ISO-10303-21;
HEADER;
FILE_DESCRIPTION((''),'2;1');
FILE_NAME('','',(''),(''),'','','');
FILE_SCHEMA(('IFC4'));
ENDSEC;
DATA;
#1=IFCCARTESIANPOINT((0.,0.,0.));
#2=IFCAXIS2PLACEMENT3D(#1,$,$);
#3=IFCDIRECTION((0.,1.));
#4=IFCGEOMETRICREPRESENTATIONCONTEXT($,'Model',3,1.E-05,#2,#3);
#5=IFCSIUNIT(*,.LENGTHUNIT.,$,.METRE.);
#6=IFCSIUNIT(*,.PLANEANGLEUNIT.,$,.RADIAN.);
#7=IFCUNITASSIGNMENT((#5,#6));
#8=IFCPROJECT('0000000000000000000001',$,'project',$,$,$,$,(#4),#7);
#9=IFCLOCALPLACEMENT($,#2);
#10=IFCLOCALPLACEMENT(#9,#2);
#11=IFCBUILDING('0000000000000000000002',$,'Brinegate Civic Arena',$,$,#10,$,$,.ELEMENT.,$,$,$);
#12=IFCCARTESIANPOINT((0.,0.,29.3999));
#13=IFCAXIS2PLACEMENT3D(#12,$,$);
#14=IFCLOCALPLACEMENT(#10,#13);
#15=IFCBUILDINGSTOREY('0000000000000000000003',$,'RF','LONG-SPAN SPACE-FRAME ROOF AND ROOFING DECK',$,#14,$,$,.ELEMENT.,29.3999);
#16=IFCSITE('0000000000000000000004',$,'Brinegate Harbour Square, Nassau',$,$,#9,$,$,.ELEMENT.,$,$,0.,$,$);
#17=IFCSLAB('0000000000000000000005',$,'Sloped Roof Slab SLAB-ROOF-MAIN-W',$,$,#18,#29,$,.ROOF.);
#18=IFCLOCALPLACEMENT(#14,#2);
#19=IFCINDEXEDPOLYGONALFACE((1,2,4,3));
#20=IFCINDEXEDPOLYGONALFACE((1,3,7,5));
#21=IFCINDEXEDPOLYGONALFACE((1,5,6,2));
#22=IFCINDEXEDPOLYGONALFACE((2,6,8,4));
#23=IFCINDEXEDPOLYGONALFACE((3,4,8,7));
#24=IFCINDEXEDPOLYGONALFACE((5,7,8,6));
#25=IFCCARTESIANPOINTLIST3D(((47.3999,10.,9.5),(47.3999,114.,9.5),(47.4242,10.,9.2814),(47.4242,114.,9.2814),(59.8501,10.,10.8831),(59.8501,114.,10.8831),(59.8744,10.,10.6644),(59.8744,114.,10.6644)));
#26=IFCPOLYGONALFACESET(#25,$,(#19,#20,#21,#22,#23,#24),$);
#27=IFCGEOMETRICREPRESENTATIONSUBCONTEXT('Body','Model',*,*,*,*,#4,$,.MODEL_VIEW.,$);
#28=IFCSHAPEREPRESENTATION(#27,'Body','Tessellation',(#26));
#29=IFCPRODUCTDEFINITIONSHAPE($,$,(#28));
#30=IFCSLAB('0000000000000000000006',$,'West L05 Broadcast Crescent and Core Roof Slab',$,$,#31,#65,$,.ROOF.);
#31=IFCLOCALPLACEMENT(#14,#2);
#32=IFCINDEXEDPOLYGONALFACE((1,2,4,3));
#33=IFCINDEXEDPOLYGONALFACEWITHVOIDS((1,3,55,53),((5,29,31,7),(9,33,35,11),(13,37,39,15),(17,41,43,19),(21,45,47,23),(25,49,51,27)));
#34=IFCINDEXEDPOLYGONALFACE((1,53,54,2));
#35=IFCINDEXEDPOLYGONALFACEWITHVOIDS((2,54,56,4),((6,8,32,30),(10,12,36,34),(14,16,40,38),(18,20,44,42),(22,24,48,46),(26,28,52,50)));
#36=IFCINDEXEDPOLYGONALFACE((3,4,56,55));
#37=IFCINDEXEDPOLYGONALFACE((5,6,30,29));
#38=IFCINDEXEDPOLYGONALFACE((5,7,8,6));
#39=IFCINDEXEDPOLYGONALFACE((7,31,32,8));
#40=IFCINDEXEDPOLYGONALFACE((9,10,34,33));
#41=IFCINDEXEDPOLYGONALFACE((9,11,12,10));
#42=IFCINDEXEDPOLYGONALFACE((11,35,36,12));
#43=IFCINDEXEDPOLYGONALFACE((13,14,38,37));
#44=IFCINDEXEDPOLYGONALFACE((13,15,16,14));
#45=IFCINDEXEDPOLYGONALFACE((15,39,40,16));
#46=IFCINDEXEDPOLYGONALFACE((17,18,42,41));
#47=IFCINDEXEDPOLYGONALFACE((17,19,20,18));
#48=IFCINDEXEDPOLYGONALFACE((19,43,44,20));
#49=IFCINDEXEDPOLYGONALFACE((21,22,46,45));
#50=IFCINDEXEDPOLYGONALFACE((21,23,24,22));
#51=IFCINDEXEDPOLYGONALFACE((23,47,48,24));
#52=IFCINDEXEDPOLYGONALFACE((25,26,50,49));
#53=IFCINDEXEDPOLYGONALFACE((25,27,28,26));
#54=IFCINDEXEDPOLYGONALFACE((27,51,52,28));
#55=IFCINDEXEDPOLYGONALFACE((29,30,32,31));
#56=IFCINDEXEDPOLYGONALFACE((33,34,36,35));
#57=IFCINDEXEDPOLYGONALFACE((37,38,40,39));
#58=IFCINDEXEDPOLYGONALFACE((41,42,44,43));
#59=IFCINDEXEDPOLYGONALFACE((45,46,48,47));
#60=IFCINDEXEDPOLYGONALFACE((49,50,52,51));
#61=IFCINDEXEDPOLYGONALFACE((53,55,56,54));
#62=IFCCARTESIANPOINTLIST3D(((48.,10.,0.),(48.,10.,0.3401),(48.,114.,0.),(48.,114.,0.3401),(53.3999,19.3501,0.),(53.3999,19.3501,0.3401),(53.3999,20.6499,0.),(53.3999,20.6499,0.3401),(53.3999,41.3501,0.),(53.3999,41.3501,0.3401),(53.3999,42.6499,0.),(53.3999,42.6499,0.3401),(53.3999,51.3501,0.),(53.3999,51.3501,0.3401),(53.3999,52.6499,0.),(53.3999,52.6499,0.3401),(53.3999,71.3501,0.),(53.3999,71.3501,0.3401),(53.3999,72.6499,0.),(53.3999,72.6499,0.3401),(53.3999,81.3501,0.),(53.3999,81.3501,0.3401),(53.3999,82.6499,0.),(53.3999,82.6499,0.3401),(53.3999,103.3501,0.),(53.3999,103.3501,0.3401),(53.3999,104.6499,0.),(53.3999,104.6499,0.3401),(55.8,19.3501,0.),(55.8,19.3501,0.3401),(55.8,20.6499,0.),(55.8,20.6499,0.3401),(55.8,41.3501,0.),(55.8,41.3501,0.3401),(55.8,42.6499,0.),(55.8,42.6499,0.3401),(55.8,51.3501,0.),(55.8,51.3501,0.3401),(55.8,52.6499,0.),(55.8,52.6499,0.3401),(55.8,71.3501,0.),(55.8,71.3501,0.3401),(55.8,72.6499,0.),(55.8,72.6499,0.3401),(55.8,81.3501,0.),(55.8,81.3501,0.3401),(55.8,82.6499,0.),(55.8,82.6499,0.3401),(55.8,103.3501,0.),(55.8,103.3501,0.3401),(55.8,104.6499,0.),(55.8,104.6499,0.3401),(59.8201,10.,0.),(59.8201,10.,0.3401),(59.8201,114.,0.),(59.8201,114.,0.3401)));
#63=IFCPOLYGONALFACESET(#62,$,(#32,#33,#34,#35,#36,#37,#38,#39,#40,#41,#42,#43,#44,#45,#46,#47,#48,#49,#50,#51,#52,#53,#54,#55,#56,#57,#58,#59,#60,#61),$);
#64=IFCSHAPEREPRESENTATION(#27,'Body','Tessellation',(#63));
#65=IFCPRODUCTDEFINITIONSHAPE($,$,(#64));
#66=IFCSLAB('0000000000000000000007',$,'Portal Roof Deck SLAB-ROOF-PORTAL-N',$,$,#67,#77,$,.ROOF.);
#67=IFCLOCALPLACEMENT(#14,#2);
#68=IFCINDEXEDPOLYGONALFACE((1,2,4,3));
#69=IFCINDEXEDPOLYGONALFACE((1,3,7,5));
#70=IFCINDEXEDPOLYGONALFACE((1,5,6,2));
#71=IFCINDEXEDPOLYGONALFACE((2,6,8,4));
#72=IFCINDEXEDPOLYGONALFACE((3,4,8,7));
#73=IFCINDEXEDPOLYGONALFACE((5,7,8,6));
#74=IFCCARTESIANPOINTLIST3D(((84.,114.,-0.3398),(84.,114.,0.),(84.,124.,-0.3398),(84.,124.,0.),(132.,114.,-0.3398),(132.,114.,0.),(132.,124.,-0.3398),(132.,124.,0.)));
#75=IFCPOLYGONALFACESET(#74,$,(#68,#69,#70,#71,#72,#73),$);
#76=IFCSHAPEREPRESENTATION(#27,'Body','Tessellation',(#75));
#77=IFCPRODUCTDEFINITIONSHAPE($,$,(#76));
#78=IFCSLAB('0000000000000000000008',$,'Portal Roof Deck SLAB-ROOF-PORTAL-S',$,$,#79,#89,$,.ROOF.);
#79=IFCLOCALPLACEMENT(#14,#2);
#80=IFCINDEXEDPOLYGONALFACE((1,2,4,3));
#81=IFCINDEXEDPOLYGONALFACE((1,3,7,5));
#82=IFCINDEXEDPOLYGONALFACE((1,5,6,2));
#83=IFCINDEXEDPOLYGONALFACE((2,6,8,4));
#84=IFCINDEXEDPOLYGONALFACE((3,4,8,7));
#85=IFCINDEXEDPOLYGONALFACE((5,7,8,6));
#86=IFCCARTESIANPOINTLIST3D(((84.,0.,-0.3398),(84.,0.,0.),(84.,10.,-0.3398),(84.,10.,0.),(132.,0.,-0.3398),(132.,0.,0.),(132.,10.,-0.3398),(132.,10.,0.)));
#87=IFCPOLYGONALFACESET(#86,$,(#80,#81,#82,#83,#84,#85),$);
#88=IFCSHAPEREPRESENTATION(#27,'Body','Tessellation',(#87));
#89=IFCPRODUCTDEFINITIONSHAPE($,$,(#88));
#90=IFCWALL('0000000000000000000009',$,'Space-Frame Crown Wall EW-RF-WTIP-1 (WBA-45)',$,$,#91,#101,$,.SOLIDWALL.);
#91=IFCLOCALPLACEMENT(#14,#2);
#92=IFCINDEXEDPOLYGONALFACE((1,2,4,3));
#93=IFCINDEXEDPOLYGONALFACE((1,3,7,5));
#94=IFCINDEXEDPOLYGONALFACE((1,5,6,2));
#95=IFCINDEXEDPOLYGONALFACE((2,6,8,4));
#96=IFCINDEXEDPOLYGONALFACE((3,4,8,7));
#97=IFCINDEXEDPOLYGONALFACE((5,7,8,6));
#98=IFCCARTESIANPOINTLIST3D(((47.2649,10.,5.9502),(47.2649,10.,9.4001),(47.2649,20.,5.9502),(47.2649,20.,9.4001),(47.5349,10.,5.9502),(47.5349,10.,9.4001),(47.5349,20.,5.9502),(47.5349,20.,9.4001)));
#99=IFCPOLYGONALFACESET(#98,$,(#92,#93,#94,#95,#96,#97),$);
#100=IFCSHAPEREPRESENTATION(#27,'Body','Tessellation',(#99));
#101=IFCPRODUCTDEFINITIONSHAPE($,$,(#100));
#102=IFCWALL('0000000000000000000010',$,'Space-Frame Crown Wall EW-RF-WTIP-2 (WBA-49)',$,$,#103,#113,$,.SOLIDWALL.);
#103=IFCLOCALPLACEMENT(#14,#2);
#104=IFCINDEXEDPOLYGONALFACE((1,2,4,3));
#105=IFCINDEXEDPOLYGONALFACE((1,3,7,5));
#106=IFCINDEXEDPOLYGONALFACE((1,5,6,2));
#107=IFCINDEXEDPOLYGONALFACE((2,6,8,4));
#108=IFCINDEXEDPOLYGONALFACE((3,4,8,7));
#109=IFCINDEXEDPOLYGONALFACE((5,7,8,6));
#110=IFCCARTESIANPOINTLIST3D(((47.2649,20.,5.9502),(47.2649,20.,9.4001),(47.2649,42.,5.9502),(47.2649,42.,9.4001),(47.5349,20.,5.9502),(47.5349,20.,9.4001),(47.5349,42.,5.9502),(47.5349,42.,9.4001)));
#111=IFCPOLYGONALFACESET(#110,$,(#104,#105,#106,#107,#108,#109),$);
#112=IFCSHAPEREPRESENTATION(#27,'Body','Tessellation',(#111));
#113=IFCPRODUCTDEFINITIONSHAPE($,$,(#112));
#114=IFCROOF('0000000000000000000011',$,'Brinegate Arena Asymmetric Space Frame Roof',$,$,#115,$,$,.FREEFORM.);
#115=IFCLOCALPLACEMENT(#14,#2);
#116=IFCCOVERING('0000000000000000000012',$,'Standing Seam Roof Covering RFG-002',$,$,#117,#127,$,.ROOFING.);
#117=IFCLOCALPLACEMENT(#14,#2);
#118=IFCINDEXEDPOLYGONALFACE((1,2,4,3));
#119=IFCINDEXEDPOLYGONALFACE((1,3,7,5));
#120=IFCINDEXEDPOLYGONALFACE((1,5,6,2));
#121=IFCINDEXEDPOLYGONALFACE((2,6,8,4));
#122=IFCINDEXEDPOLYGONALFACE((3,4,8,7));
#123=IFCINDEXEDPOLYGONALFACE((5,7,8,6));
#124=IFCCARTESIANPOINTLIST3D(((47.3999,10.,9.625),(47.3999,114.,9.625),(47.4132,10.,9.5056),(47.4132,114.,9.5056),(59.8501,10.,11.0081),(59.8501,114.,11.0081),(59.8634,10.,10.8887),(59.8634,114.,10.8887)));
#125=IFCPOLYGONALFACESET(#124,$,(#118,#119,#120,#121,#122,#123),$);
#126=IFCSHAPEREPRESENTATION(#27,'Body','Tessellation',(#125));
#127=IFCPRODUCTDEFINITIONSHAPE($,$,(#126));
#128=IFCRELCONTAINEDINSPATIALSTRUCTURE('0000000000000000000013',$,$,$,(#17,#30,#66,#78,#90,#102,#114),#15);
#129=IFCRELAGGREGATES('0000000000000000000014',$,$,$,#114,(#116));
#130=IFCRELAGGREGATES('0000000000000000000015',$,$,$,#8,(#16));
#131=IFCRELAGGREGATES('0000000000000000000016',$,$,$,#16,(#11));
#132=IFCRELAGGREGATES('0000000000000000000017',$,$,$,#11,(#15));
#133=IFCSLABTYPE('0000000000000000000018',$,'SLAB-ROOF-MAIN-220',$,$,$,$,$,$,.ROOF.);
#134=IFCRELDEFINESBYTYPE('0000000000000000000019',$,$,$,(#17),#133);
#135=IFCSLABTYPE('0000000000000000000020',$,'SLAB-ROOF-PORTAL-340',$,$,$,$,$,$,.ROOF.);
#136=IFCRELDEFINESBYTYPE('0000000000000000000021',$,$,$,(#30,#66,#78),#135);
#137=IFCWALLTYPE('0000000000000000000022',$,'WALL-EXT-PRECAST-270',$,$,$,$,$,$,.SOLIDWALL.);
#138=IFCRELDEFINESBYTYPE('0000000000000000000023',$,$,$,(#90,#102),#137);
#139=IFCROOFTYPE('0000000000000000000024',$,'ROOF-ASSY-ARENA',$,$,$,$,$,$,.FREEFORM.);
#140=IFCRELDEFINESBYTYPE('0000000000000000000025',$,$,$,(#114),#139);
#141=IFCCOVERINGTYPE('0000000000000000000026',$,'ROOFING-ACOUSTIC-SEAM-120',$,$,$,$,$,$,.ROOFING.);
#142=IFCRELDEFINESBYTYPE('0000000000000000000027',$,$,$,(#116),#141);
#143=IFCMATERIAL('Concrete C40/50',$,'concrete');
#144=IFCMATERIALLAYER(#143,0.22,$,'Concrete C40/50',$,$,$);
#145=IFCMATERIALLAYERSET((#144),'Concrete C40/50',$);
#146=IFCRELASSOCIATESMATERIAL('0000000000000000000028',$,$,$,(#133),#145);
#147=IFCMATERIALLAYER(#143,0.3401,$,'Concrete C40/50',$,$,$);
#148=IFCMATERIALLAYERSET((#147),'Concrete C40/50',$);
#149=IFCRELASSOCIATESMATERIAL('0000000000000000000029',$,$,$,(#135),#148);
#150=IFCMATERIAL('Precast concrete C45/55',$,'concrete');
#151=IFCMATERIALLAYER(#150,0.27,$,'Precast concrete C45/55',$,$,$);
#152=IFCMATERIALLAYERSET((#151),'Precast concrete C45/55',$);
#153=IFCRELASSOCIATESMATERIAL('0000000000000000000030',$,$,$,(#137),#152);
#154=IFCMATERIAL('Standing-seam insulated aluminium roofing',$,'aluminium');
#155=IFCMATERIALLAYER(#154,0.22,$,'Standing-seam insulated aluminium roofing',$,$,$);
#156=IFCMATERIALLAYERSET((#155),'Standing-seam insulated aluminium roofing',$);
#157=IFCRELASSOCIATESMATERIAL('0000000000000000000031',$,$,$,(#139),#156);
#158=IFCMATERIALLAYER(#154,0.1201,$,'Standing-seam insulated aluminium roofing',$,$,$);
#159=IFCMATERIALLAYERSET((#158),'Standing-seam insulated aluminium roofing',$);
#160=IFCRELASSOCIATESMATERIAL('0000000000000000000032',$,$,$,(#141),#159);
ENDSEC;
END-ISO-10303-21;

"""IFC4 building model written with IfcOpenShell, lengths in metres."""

from ifc_helpers import new_model, si_unit, direction, frame, frame_2d, origin, place, context, subcontext, project, spatial, polyline, rectangle, outline, extrude, material, layer, layer_set, type_object, element, aggregate, save


model = new_model("IFC4")

# Units and contexts
model_context = context("Model", 3, precision=1e-05, world=origin(), true_north=direction((0.0, 1.0)))
body_context = subcontext(model_context, "Body", "Model", "MODEL_VIEW")
ifc_project = project(units=[si_unit("LENGTHUNIT", "METRE"), si_unit("PLANEANGLEUNIT", "RADIAN")], contexts=[model_context])

# Site, building, storey
site_placement = place(None, origin())
site = spatial("IfcSite", under=ifc_project, at=site_placement, Name="Brinegate Harbour Square, Nassau", CompositionType="ELEMENT", RefElevation=0.0)
building_placement = place(site_placement, origin())
building = spatial("IfcBuilding", under=site, at=building_placement, Name="Brinegate Civic Arena", CompositionType="ELEMENT")
storey_placement = place(building_placement, frame((0.0, 0.0, 29.3999)))
storey = spatial("IfcBuildingStorey", under=building, at=storey_placement, Name="RF", Description="LONG-SPAN SPACE-FRAME ROOF AND ROOFING DECK", CompositionType="ELEMENT", Elevation=29.3999)

# Slabs
ifc_material_1 = material(Name="Concrete C40/50", Category="concrete")
ifc_layer_1 = layer(ifc_material_1, 0.22, Name="Concrete C40/50")
ifc_layer_set_1 = layer_set([ifc_layer_1], Name="Concrete C40/50")
slab_type_1 = type_object("IfcSlabType", Name="SLAB-ROOF-MAIN-220", PredefinedType="ROOF", material=ifc_layer_set_1)
slab_1_placement = place(storey_placement, frame((47.3999, 10.0, 9.5), z_axis=(-0.110408, 0.0, 0.993886), x_axis=(0.993886, 0.0, 0.110408)))
element("IfcSlab", 1, at=slab_1_placement, inside=storey, type_object=slab_type_1, Name="Sloped Roof Slab SLAB-ROOF-MAIN-W", PredefinedType="ROOF", context=body_context, shape_type="SweptSolid", body=[
    extrude(outline(polyline([(0.0, 0.0), (12.5268, 0.0), (12.5268, 104.0), (0.0, 104.0), (0.0, 0.0)])), origin(), (0.0, 0.0, -1.0), 0.22),
])
ifc_layer_2 = layer(ifc_material_1, 0.3401, Name="Concrete C40/50")
ifc_layer_set_2 = layer_set([ifc_layer_2], Name="Concrete C40/50")
slab_type_2 = type_object("IfcSlabType", Name="SLAB-ROOF-PORTAL-340", PredefinedType="ROOF", material=ifc_layer_set_2)
slab_2_placement = place(storey_placement, origin())
element("IfcSlab", 2, at=slab_2_placement, inside=storey, type_object=slab_type_2, Name="West L05 Broadcast Crescent and Core Roof Slab", PredefinedType="ROOF", context=body_context, shape_type="SweptSolid", body=[
    extrude(outline(polyline([(48.0, 10.0), (59.8201, 10.0), (59.8201, 114.0), (48.0, 114.0), (48.0, 10.0)]), holes=[polyline([(53.3999, 19.3501), (55.8, 19.3501), (55.8, 20.6499), (53.3999, 20.6499), (53.3999, 19.3501)]), polyline([(53.3999, 41.3501), (55.8, 41.3501), (55.8, 42.6499), (53.3999, 42.6499), (53.3999, 41.3501)]), polyline([(53.3999, 51.3501), (55.8, 51.3501), (55.8, 52.6499), (53.3999, 52.6499), (53.3999, 51.3501)]), polyline([(53.3999, 71.3501), (55.8, 71.3501), (55.8, 72.6499), (53.3999, 72.6499), (53.3999, 71.3501)]), polyline([(53.3999, 81.3501), (55.8, 81.3501), (55.8, 82.6499), (53.3999, 82.6499), (53.3999, 81.3501)]), polyline([(53.3999, 103.3501), (55.8, 103.3501), (55.8, 104.6499), (53.3999, 104.6499), (53.3999, 103.3501)])]), origin(), (0.0, 0.0, 1.0), 0.3401),
])
slab_3_placement = place(storey_placement, frame((0.0, 0.0, -0.3398)))
element("IfcSlab", 3, at=slab_3_placement, inside=storey, type_object=slab_type_2, Name="Portal Roof Deck SLAB-ROOF-PORTAL-N", PredefinedType="ROOF", context=body_context, shape_type="SweptSolid", body=[
    extrude(outline(polyline([(84.0, 114.0), (132.0, 114.0), (132.0, 124.0), (84.0, 124.0), (84.0, 114.0)])), origin(), (0.0, 0.0, 1.0), 0.3398),
])
slab_4_placement = place(storey_placement, frame((0.0, 0.0, -0.3398)))
element("IfcSlab", 4, at=slab_4_placement, inside=storey, type_object=slab_type_2, Name="Portal Roof Deck SLAB-ROOF-PORTAL-S", PredefinedType="ROOF", context=body_context, shape_type="SweptSolid", body=[
    extrude(outline(polyline([(84.0, 0.0), (132.0, 0.0), (132.0, 10.0), (84.0, 10.0), (84.0, 0.0)])), origin(), (0.0, 0.0, 1.0), 0.3398),
])

# Walls
ifc_material_2 = material(Name="Precast concrete C45/55", Category="concrete")
ifc_layer_3 = layer(ifc_material_2, 0.27, Name="Precast concrete C45/55")
ifc_layer_set_3 = layer_set([ifc_layer_3], Name="Precast concrete C45/55")
wall_type = type_object("IfcWallType", Name="WALL-EXT-PRECAST-270", PredefinedType="SOLIDWALL", material=ifc_layer_set_3)
wall_1_placement = place(storey_placement, frame((47.3999, 10.0, 5.9502), z_axis=(0.0, 0.0, 1.0), x_axis=(0.0, 1.0, 0.0)))
element("IfcWall", 5, at=wall_1_placement, inside=storey, type_object=wall_type, Name="Space-Frame Crown Wall EW-RF-WTIP-1 (WBA-45)", PredefinedType="SOLIDWALL", context=body_context, shape_type="SweptSolid", body=[
    extrude(rectangle(XDim=10.0, YDim=0.27, at=frame_2d((5.0, 0.0))), origin(), (0.0, 0.0, 1.0), 3.45),
])
wall_2_placement = place(storey_placement, frame((47.3999, 20.0, 5.9502), z_axis=(0.0, 0.0, 1.0), x_axis=(0.0, 1.0, 0.0)))
element("IfcWall", 6, at=wall_2_placement, inside=storey, type_object=wall_type, Name="Space-Frame Crown Wall EW-RF-WTIP-2 (WBA-49)", PredefinedType="SOLIDWALL", context=body_context, shape_type="SweptSolid", body=[
    extrude(rectangle(XDim=22.0, YDim=0.27, at=frame_2d((11.0, 0.0))), origin(), (0.0, 0.0, 1.0), 3.45),
])

# Roof, covering
ifc_material_3 = material(Name="Standing-seam insulated aluminium roofing", Category="aluminium")
ifc_layer_4 = layer(ifc_material_3, 0.22, Name="Standing-seam insulated aluminium roofing")
ifc_layer_set_4 = layer_set([ifc_layer_4], Name="Standing-seam insulated aluminium roofing")
roof_type = type_object("IfcRoofType", Name="ROOF-ASSY-ARENA", PredefinedType="FREEFORM", material=ifc_layer_set_4)
roof_placement = place(storey_placement, origin())
roof = element("IfcRoof", 7, at=roof_placement, inside=storey, type_object=roof_type, Name="Brinegate Arena Asymmetric Space Frame Roof", PredefinedType="FREEFORM")
ifc_layer_5 = layer(ifc_material_3, 0.1201, Name="Standing-seam insulated aluminium roofing")
ifc_layer_set_5 = layer_set([ifc_layer_5], Name="Standing-seam insulated aluminium roofing")
covering_type = type_object("IfcCoveringType", Name="ROOFING-ACOUSTIC-SEAM-120", PredefinedType="ROOFING", material=ifc_layer_set_5)
covering_placement = place(storey_placement, frame((47.3999, 10.0, 9.625), z_axis=(-0.110408, 0.0, 0.993886), x_axis=(0.993886, 0.0, 0.110408)))
covering = element("IfcCovering", 8, at=covering_placement, type_object=covering_type, Name="Standing Seam Roof Covering RFG-002", PredefinedType="ROOFING", context=body_context, shape_type="SweptSolid", body=[
    extrude(outline(polyline([(0.0, 0.0), (12.5268, 0.0), (12.5268, 104.0), (0.0, 104.0), (0.0, 0.0)])), origin(), (0.0, 0.0, -1.0), 0.1201),
])
aggregate(roof, [covering])

save(model, "model.ifc")
